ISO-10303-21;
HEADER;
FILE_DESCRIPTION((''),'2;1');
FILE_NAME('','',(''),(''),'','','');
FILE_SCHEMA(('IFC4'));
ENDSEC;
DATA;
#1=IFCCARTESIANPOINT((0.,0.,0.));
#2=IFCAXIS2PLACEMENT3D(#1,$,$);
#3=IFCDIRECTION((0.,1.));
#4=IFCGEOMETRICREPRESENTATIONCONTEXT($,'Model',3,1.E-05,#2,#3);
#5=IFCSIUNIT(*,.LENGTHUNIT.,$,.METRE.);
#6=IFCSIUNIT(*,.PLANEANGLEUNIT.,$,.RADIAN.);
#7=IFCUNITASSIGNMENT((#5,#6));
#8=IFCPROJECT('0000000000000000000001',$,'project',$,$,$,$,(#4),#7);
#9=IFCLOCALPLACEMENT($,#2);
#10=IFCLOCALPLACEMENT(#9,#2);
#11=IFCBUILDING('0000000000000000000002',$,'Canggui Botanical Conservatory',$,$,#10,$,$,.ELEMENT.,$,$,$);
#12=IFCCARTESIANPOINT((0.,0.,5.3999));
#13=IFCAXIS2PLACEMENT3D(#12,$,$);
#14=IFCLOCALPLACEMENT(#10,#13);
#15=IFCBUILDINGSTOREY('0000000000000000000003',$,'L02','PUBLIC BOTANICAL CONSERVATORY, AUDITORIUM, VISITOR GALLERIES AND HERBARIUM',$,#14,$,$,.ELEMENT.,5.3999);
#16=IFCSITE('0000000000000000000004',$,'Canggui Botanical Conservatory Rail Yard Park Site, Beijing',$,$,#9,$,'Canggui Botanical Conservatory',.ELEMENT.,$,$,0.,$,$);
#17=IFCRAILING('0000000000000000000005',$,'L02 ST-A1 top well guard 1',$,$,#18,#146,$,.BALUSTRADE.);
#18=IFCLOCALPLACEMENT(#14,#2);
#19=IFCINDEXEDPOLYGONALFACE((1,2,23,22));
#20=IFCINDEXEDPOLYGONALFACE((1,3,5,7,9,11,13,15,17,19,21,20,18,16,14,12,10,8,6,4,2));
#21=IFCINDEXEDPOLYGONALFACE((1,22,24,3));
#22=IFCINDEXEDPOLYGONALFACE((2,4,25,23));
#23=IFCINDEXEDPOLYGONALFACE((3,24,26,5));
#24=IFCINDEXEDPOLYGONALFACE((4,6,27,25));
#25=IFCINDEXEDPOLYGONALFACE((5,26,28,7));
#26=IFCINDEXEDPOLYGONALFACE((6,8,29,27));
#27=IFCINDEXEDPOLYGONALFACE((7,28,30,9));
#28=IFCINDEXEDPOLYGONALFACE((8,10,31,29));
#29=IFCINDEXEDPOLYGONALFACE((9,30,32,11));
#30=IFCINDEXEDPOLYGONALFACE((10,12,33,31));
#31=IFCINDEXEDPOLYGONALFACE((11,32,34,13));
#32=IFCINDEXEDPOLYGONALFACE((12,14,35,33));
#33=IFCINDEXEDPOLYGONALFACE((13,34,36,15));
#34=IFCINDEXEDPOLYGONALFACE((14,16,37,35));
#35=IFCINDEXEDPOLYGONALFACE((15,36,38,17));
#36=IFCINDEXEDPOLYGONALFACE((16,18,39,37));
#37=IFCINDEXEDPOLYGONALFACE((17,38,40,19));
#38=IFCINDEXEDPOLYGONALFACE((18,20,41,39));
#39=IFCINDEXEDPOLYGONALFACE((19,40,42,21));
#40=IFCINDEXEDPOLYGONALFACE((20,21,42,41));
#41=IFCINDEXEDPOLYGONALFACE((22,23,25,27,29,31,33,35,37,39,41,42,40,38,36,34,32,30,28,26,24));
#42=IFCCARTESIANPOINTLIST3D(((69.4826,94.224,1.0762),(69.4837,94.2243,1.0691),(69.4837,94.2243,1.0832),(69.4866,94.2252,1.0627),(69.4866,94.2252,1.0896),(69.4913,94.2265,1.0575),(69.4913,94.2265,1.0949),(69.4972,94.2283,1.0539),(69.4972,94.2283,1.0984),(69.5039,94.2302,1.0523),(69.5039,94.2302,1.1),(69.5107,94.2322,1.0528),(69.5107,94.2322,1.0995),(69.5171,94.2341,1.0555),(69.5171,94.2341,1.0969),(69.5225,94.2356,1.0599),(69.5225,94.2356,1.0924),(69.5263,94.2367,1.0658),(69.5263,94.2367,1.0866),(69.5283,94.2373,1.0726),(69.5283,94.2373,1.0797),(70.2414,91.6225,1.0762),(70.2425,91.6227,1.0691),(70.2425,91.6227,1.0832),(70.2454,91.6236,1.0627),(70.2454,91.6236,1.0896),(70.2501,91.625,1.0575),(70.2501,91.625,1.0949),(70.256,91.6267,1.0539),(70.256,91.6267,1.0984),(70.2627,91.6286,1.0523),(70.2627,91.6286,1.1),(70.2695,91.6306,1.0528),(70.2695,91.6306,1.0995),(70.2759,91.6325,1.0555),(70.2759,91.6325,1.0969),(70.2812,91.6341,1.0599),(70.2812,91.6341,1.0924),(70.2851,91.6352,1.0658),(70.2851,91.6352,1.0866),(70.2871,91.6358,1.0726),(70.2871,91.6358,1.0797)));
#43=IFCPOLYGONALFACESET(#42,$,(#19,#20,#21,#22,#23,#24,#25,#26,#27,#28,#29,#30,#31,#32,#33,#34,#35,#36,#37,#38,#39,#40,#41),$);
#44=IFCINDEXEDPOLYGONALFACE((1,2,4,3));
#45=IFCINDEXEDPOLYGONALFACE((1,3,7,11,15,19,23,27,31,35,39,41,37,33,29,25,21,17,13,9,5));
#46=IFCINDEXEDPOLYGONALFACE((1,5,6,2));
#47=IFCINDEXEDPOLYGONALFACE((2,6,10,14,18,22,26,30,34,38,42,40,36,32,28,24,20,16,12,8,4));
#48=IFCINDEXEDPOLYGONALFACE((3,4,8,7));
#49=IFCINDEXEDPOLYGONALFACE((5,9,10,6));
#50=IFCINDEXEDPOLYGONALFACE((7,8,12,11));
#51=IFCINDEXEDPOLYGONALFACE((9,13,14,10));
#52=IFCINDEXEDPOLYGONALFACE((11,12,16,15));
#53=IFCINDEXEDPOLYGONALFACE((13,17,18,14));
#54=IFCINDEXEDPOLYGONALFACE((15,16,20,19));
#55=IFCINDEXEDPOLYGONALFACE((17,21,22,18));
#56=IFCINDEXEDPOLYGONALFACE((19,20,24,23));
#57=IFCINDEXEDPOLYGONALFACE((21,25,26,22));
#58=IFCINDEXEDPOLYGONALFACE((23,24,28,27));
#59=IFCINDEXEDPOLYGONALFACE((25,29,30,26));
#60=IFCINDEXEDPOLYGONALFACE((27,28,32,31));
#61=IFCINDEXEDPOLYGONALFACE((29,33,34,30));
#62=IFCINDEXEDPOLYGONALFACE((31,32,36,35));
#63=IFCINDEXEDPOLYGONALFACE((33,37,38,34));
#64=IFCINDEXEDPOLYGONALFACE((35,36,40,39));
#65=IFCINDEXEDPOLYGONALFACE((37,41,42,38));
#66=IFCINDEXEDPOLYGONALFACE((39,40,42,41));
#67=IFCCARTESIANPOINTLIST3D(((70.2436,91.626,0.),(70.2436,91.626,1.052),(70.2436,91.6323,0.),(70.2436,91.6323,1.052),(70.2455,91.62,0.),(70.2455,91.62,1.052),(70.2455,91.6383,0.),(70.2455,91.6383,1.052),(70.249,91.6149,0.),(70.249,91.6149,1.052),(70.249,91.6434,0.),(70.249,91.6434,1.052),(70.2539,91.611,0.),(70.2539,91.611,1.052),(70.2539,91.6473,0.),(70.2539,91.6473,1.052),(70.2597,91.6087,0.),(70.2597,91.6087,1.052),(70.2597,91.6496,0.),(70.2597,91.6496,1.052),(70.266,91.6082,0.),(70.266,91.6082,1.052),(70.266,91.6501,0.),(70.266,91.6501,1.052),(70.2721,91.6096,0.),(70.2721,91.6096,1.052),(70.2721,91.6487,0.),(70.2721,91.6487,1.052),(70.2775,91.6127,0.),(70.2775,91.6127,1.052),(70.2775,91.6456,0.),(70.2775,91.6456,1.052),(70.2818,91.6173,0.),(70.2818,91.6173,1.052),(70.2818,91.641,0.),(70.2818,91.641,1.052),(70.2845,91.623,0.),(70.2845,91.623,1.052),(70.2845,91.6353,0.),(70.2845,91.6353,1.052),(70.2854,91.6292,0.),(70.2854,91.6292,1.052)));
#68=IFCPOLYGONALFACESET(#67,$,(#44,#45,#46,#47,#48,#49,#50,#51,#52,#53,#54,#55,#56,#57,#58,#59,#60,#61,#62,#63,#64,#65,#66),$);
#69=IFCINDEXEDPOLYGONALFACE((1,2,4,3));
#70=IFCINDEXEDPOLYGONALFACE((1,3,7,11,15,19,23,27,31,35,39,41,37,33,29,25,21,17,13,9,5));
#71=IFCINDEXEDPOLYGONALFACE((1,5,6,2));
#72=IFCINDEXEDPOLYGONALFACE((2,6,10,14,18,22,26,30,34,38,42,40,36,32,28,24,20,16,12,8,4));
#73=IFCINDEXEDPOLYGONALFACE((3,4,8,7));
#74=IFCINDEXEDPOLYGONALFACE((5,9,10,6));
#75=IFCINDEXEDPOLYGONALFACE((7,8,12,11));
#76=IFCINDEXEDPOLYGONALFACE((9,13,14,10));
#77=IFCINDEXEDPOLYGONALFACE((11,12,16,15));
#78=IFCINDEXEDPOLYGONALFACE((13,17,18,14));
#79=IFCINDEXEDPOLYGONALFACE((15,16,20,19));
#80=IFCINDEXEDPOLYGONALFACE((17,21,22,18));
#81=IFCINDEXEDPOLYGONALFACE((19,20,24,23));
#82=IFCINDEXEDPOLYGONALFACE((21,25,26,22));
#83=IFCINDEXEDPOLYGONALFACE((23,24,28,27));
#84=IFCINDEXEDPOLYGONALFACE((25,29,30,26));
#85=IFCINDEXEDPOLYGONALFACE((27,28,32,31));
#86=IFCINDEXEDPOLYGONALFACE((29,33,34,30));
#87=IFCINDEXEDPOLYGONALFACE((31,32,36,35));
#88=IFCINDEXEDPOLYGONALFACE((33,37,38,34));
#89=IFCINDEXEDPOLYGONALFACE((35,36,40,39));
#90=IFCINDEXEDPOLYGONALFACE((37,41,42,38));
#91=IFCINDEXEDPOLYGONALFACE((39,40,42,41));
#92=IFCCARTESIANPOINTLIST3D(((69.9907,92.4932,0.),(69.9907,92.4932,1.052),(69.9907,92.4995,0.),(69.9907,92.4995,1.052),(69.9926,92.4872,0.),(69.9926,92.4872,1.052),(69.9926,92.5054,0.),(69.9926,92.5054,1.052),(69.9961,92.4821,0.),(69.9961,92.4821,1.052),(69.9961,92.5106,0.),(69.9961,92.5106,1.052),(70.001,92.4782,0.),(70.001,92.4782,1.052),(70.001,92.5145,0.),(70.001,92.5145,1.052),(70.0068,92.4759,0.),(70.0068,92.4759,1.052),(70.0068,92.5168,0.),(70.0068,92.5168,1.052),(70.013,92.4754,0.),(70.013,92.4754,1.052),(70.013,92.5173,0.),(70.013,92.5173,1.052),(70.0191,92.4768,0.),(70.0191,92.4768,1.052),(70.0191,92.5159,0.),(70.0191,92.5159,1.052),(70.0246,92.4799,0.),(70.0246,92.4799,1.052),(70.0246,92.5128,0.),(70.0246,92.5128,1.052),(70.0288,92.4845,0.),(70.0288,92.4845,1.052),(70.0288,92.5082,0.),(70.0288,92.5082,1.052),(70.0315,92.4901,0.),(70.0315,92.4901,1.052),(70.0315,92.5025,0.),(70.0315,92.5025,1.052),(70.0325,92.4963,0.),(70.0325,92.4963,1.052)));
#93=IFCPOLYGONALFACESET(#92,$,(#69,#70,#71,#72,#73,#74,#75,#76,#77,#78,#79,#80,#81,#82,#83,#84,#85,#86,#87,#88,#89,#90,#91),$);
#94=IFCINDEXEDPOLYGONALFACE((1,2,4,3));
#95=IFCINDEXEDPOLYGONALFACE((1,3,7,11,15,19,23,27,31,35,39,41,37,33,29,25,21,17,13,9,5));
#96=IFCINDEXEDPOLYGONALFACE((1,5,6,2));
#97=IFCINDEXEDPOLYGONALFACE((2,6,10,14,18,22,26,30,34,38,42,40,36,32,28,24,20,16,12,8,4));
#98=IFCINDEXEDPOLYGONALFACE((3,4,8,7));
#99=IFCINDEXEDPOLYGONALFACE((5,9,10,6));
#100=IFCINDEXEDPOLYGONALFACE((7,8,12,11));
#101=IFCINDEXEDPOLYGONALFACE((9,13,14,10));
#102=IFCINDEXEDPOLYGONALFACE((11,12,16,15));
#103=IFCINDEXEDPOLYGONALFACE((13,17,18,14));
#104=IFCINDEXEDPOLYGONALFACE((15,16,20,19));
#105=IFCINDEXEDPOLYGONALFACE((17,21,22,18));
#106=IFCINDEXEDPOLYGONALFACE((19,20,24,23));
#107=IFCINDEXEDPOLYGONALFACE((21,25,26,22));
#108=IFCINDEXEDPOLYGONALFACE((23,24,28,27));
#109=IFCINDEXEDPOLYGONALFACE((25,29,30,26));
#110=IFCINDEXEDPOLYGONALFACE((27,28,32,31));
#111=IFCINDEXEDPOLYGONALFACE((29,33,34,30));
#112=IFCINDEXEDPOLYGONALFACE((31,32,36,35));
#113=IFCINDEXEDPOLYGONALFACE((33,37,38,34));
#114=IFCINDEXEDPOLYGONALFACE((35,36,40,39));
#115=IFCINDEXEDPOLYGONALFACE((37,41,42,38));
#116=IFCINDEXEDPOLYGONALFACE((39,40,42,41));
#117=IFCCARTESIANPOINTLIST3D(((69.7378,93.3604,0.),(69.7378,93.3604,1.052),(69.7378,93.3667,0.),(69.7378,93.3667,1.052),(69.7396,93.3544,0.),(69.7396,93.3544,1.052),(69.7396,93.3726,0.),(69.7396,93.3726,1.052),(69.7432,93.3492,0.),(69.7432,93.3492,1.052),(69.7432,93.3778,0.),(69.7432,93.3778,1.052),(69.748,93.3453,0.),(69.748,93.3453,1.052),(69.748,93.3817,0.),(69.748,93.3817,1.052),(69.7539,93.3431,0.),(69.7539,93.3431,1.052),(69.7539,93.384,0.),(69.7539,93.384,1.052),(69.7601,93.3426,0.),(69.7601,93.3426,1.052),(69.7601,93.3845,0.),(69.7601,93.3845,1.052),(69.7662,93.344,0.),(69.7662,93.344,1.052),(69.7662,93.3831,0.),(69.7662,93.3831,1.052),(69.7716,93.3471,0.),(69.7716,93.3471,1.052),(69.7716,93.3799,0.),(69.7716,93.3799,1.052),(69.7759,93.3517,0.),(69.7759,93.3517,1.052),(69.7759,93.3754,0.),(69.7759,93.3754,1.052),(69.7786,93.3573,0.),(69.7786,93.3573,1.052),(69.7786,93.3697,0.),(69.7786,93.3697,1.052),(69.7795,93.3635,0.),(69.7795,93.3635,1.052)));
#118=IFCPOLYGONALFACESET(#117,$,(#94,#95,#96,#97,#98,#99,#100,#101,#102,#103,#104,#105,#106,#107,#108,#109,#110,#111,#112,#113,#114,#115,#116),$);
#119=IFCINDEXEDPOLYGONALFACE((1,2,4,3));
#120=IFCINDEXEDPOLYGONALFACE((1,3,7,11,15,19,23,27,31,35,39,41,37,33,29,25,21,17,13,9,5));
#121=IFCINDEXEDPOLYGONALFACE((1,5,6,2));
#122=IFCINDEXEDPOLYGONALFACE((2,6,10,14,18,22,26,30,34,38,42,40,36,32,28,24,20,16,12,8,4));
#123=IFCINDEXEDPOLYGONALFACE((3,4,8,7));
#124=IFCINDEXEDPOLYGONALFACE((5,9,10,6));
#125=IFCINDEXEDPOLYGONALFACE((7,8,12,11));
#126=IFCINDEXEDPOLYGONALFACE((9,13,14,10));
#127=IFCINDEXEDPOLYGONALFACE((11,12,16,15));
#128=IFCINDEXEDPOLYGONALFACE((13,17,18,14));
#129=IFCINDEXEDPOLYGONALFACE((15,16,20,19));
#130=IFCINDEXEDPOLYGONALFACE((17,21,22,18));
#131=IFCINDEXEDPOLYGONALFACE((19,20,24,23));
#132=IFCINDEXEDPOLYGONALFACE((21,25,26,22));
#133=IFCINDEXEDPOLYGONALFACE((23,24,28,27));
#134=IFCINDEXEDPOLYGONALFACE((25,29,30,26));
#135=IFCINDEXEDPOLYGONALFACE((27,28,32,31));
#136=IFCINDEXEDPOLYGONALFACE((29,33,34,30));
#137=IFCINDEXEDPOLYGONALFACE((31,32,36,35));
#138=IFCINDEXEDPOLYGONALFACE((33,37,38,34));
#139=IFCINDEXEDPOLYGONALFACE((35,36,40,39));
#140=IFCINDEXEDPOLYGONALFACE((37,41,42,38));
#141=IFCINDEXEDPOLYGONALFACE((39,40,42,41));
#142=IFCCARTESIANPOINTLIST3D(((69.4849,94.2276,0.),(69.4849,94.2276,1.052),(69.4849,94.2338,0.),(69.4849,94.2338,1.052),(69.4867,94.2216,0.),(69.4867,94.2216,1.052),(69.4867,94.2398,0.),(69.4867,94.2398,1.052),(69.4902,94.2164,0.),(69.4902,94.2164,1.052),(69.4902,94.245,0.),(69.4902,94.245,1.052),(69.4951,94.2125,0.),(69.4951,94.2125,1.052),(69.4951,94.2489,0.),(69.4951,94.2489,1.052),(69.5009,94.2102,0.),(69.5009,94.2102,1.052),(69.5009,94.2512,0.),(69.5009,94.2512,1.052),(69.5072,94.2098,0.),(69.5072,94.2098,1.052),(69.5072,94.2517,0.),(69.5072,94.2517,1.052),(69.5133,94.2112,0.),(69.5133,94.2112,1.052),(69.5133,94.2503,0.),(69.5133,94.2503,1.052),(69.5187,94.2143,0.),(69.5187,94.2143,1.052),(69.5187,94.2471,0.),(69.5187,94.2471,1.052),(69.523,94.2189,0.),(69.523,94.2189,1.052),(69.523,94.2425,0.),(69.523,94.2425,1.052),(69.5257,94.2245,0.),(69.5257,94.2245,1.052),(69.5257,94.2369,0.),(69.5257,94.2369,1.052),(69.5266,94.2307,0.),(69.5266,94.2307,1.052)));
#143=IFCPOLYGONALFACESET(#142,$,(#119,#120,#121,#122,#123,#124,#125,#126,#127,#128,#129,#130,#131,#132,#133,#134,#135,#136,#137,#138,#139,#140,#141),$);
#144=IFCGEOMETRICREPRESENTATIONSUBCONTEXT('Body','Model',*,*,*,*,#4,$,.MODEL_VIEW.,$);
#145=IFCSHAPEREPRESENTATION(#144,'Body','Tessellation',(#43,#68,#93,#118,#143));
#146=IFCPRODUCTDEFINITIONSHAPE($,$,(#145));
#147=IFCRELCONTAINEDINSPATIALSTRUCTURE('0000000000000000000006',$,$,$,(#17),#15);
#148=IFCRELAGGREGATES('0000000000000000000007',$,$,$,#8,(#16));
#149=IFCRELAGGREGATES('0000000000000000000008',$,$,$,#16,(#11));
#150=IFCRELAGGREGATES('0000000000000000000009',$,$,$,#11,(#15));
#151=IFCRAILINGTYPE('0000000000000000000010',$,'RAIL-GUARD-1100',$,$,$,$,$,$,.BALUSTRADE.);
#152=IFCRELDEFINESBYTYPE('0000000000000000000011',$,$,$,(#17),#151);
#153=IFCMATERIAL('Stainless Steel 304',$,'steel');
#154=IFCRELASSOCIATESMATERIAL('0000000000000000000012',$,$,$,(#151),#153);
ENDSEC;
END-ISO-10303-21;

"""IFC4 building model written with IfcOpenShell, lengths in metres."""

from ifc_helpers import new_model, si_unit, direction, frame, origin, origin_2d, place, context, subcontext, project, spatial, circle, extrude, material, type_object, element, save


model = new_model("IFC4")

# Units and contexts
model_context = context("Model", 3, precision=1e-05, world=origin(), true_north=direction((0.0, 1.0)))
body_context = subcontext(model_context, "Body", "Model", "MODEL_VIEW")
ifc_project = project(units=[si_unit("LENGTHUNIT", "METRE"), si_unit("PLANEANGLEUNIT", "RADIAN")], contexts=[model_context])

# Site, building, storey
site_placement = place(None, origin())
site = spatial("IfcSite", under=ifc_project, at=site_placement, Name="Canggui Botanical Conservatory Rail Yard Park Site, Beijing", LongName="Canggui Botanical Conservatory", CompositionType="ELEMENT", RefElevation=0.0)
building_placement = place(site_placement, origin())
building = spatial("IfcBuilding", under=site, at=building_placement, Name="Canggui Botanical Conservatory", CompositionType="ELEMENT")
storey_placement = place(building_placement, frame((0.0, 0.0, 5.3999)))
storey = spatial("IfcBuildingStorey", under=building, at=storey_placement, Name="L02", Description="PUBLIC BOTANICAL CONSERVATORY, AUDITORIUM, VISITOR GALLERIES AND HERBARIUM", CompositionType="ELEMENT", Elevation=5.3999)

# Railing
ifc_material_1 = material(Name="Stainless Steel 304", Category="steel")
railing_type = type_object("IfcRailingType", Name="RAIL-GUARD-1100", PredefinedType="BALUSTRADE", material=ifc_material_1)
railing_placement = place(storey_placement, frame((70.2644, 91.6292, 0.0)))
element("IfcRailing", 1, at=railing_placement, inside=storey, type_object=railing_type, Name="L02 ST-A1 top well guard 1", PredefinedType="BALUSTRADE", context=body_context, shape_type="SweptSolid", body=[
    extrude(circle(Radius=0.0239, at=origin_2d()), frame((0.0, 0.0, 1.0762), z_axis=(-0.28, 0.96, 0.0), x_axis=(-0.96, -0.28, 0.0)), (0.0, 0.0, 1.0), 2.71),
    extrude(circle(Radius=0.021, at=origin_2d()), origin(), (0.0, 0.0, 1.0), 1.052),
    extrude(circle(Radius=0.021, at=origin_2d()), frame((-0.2529, 0.8672, 0.0)), (0.0, 0.0, 1.0), 1.052),
    extrude(circle(Radius=0.021, at=origin_2d()), frame((-0.5059, 1.7344, 0.0)), (0.0, 0.0, 1.0), 1.052),
    extrude(circle(Radius=0.021, at=origin_2d()), frame((-0.7588, 2.6016, 0.0)), (0.0, 0.0, 1.0), 1.052),
])

save(model, "model.ifc")
